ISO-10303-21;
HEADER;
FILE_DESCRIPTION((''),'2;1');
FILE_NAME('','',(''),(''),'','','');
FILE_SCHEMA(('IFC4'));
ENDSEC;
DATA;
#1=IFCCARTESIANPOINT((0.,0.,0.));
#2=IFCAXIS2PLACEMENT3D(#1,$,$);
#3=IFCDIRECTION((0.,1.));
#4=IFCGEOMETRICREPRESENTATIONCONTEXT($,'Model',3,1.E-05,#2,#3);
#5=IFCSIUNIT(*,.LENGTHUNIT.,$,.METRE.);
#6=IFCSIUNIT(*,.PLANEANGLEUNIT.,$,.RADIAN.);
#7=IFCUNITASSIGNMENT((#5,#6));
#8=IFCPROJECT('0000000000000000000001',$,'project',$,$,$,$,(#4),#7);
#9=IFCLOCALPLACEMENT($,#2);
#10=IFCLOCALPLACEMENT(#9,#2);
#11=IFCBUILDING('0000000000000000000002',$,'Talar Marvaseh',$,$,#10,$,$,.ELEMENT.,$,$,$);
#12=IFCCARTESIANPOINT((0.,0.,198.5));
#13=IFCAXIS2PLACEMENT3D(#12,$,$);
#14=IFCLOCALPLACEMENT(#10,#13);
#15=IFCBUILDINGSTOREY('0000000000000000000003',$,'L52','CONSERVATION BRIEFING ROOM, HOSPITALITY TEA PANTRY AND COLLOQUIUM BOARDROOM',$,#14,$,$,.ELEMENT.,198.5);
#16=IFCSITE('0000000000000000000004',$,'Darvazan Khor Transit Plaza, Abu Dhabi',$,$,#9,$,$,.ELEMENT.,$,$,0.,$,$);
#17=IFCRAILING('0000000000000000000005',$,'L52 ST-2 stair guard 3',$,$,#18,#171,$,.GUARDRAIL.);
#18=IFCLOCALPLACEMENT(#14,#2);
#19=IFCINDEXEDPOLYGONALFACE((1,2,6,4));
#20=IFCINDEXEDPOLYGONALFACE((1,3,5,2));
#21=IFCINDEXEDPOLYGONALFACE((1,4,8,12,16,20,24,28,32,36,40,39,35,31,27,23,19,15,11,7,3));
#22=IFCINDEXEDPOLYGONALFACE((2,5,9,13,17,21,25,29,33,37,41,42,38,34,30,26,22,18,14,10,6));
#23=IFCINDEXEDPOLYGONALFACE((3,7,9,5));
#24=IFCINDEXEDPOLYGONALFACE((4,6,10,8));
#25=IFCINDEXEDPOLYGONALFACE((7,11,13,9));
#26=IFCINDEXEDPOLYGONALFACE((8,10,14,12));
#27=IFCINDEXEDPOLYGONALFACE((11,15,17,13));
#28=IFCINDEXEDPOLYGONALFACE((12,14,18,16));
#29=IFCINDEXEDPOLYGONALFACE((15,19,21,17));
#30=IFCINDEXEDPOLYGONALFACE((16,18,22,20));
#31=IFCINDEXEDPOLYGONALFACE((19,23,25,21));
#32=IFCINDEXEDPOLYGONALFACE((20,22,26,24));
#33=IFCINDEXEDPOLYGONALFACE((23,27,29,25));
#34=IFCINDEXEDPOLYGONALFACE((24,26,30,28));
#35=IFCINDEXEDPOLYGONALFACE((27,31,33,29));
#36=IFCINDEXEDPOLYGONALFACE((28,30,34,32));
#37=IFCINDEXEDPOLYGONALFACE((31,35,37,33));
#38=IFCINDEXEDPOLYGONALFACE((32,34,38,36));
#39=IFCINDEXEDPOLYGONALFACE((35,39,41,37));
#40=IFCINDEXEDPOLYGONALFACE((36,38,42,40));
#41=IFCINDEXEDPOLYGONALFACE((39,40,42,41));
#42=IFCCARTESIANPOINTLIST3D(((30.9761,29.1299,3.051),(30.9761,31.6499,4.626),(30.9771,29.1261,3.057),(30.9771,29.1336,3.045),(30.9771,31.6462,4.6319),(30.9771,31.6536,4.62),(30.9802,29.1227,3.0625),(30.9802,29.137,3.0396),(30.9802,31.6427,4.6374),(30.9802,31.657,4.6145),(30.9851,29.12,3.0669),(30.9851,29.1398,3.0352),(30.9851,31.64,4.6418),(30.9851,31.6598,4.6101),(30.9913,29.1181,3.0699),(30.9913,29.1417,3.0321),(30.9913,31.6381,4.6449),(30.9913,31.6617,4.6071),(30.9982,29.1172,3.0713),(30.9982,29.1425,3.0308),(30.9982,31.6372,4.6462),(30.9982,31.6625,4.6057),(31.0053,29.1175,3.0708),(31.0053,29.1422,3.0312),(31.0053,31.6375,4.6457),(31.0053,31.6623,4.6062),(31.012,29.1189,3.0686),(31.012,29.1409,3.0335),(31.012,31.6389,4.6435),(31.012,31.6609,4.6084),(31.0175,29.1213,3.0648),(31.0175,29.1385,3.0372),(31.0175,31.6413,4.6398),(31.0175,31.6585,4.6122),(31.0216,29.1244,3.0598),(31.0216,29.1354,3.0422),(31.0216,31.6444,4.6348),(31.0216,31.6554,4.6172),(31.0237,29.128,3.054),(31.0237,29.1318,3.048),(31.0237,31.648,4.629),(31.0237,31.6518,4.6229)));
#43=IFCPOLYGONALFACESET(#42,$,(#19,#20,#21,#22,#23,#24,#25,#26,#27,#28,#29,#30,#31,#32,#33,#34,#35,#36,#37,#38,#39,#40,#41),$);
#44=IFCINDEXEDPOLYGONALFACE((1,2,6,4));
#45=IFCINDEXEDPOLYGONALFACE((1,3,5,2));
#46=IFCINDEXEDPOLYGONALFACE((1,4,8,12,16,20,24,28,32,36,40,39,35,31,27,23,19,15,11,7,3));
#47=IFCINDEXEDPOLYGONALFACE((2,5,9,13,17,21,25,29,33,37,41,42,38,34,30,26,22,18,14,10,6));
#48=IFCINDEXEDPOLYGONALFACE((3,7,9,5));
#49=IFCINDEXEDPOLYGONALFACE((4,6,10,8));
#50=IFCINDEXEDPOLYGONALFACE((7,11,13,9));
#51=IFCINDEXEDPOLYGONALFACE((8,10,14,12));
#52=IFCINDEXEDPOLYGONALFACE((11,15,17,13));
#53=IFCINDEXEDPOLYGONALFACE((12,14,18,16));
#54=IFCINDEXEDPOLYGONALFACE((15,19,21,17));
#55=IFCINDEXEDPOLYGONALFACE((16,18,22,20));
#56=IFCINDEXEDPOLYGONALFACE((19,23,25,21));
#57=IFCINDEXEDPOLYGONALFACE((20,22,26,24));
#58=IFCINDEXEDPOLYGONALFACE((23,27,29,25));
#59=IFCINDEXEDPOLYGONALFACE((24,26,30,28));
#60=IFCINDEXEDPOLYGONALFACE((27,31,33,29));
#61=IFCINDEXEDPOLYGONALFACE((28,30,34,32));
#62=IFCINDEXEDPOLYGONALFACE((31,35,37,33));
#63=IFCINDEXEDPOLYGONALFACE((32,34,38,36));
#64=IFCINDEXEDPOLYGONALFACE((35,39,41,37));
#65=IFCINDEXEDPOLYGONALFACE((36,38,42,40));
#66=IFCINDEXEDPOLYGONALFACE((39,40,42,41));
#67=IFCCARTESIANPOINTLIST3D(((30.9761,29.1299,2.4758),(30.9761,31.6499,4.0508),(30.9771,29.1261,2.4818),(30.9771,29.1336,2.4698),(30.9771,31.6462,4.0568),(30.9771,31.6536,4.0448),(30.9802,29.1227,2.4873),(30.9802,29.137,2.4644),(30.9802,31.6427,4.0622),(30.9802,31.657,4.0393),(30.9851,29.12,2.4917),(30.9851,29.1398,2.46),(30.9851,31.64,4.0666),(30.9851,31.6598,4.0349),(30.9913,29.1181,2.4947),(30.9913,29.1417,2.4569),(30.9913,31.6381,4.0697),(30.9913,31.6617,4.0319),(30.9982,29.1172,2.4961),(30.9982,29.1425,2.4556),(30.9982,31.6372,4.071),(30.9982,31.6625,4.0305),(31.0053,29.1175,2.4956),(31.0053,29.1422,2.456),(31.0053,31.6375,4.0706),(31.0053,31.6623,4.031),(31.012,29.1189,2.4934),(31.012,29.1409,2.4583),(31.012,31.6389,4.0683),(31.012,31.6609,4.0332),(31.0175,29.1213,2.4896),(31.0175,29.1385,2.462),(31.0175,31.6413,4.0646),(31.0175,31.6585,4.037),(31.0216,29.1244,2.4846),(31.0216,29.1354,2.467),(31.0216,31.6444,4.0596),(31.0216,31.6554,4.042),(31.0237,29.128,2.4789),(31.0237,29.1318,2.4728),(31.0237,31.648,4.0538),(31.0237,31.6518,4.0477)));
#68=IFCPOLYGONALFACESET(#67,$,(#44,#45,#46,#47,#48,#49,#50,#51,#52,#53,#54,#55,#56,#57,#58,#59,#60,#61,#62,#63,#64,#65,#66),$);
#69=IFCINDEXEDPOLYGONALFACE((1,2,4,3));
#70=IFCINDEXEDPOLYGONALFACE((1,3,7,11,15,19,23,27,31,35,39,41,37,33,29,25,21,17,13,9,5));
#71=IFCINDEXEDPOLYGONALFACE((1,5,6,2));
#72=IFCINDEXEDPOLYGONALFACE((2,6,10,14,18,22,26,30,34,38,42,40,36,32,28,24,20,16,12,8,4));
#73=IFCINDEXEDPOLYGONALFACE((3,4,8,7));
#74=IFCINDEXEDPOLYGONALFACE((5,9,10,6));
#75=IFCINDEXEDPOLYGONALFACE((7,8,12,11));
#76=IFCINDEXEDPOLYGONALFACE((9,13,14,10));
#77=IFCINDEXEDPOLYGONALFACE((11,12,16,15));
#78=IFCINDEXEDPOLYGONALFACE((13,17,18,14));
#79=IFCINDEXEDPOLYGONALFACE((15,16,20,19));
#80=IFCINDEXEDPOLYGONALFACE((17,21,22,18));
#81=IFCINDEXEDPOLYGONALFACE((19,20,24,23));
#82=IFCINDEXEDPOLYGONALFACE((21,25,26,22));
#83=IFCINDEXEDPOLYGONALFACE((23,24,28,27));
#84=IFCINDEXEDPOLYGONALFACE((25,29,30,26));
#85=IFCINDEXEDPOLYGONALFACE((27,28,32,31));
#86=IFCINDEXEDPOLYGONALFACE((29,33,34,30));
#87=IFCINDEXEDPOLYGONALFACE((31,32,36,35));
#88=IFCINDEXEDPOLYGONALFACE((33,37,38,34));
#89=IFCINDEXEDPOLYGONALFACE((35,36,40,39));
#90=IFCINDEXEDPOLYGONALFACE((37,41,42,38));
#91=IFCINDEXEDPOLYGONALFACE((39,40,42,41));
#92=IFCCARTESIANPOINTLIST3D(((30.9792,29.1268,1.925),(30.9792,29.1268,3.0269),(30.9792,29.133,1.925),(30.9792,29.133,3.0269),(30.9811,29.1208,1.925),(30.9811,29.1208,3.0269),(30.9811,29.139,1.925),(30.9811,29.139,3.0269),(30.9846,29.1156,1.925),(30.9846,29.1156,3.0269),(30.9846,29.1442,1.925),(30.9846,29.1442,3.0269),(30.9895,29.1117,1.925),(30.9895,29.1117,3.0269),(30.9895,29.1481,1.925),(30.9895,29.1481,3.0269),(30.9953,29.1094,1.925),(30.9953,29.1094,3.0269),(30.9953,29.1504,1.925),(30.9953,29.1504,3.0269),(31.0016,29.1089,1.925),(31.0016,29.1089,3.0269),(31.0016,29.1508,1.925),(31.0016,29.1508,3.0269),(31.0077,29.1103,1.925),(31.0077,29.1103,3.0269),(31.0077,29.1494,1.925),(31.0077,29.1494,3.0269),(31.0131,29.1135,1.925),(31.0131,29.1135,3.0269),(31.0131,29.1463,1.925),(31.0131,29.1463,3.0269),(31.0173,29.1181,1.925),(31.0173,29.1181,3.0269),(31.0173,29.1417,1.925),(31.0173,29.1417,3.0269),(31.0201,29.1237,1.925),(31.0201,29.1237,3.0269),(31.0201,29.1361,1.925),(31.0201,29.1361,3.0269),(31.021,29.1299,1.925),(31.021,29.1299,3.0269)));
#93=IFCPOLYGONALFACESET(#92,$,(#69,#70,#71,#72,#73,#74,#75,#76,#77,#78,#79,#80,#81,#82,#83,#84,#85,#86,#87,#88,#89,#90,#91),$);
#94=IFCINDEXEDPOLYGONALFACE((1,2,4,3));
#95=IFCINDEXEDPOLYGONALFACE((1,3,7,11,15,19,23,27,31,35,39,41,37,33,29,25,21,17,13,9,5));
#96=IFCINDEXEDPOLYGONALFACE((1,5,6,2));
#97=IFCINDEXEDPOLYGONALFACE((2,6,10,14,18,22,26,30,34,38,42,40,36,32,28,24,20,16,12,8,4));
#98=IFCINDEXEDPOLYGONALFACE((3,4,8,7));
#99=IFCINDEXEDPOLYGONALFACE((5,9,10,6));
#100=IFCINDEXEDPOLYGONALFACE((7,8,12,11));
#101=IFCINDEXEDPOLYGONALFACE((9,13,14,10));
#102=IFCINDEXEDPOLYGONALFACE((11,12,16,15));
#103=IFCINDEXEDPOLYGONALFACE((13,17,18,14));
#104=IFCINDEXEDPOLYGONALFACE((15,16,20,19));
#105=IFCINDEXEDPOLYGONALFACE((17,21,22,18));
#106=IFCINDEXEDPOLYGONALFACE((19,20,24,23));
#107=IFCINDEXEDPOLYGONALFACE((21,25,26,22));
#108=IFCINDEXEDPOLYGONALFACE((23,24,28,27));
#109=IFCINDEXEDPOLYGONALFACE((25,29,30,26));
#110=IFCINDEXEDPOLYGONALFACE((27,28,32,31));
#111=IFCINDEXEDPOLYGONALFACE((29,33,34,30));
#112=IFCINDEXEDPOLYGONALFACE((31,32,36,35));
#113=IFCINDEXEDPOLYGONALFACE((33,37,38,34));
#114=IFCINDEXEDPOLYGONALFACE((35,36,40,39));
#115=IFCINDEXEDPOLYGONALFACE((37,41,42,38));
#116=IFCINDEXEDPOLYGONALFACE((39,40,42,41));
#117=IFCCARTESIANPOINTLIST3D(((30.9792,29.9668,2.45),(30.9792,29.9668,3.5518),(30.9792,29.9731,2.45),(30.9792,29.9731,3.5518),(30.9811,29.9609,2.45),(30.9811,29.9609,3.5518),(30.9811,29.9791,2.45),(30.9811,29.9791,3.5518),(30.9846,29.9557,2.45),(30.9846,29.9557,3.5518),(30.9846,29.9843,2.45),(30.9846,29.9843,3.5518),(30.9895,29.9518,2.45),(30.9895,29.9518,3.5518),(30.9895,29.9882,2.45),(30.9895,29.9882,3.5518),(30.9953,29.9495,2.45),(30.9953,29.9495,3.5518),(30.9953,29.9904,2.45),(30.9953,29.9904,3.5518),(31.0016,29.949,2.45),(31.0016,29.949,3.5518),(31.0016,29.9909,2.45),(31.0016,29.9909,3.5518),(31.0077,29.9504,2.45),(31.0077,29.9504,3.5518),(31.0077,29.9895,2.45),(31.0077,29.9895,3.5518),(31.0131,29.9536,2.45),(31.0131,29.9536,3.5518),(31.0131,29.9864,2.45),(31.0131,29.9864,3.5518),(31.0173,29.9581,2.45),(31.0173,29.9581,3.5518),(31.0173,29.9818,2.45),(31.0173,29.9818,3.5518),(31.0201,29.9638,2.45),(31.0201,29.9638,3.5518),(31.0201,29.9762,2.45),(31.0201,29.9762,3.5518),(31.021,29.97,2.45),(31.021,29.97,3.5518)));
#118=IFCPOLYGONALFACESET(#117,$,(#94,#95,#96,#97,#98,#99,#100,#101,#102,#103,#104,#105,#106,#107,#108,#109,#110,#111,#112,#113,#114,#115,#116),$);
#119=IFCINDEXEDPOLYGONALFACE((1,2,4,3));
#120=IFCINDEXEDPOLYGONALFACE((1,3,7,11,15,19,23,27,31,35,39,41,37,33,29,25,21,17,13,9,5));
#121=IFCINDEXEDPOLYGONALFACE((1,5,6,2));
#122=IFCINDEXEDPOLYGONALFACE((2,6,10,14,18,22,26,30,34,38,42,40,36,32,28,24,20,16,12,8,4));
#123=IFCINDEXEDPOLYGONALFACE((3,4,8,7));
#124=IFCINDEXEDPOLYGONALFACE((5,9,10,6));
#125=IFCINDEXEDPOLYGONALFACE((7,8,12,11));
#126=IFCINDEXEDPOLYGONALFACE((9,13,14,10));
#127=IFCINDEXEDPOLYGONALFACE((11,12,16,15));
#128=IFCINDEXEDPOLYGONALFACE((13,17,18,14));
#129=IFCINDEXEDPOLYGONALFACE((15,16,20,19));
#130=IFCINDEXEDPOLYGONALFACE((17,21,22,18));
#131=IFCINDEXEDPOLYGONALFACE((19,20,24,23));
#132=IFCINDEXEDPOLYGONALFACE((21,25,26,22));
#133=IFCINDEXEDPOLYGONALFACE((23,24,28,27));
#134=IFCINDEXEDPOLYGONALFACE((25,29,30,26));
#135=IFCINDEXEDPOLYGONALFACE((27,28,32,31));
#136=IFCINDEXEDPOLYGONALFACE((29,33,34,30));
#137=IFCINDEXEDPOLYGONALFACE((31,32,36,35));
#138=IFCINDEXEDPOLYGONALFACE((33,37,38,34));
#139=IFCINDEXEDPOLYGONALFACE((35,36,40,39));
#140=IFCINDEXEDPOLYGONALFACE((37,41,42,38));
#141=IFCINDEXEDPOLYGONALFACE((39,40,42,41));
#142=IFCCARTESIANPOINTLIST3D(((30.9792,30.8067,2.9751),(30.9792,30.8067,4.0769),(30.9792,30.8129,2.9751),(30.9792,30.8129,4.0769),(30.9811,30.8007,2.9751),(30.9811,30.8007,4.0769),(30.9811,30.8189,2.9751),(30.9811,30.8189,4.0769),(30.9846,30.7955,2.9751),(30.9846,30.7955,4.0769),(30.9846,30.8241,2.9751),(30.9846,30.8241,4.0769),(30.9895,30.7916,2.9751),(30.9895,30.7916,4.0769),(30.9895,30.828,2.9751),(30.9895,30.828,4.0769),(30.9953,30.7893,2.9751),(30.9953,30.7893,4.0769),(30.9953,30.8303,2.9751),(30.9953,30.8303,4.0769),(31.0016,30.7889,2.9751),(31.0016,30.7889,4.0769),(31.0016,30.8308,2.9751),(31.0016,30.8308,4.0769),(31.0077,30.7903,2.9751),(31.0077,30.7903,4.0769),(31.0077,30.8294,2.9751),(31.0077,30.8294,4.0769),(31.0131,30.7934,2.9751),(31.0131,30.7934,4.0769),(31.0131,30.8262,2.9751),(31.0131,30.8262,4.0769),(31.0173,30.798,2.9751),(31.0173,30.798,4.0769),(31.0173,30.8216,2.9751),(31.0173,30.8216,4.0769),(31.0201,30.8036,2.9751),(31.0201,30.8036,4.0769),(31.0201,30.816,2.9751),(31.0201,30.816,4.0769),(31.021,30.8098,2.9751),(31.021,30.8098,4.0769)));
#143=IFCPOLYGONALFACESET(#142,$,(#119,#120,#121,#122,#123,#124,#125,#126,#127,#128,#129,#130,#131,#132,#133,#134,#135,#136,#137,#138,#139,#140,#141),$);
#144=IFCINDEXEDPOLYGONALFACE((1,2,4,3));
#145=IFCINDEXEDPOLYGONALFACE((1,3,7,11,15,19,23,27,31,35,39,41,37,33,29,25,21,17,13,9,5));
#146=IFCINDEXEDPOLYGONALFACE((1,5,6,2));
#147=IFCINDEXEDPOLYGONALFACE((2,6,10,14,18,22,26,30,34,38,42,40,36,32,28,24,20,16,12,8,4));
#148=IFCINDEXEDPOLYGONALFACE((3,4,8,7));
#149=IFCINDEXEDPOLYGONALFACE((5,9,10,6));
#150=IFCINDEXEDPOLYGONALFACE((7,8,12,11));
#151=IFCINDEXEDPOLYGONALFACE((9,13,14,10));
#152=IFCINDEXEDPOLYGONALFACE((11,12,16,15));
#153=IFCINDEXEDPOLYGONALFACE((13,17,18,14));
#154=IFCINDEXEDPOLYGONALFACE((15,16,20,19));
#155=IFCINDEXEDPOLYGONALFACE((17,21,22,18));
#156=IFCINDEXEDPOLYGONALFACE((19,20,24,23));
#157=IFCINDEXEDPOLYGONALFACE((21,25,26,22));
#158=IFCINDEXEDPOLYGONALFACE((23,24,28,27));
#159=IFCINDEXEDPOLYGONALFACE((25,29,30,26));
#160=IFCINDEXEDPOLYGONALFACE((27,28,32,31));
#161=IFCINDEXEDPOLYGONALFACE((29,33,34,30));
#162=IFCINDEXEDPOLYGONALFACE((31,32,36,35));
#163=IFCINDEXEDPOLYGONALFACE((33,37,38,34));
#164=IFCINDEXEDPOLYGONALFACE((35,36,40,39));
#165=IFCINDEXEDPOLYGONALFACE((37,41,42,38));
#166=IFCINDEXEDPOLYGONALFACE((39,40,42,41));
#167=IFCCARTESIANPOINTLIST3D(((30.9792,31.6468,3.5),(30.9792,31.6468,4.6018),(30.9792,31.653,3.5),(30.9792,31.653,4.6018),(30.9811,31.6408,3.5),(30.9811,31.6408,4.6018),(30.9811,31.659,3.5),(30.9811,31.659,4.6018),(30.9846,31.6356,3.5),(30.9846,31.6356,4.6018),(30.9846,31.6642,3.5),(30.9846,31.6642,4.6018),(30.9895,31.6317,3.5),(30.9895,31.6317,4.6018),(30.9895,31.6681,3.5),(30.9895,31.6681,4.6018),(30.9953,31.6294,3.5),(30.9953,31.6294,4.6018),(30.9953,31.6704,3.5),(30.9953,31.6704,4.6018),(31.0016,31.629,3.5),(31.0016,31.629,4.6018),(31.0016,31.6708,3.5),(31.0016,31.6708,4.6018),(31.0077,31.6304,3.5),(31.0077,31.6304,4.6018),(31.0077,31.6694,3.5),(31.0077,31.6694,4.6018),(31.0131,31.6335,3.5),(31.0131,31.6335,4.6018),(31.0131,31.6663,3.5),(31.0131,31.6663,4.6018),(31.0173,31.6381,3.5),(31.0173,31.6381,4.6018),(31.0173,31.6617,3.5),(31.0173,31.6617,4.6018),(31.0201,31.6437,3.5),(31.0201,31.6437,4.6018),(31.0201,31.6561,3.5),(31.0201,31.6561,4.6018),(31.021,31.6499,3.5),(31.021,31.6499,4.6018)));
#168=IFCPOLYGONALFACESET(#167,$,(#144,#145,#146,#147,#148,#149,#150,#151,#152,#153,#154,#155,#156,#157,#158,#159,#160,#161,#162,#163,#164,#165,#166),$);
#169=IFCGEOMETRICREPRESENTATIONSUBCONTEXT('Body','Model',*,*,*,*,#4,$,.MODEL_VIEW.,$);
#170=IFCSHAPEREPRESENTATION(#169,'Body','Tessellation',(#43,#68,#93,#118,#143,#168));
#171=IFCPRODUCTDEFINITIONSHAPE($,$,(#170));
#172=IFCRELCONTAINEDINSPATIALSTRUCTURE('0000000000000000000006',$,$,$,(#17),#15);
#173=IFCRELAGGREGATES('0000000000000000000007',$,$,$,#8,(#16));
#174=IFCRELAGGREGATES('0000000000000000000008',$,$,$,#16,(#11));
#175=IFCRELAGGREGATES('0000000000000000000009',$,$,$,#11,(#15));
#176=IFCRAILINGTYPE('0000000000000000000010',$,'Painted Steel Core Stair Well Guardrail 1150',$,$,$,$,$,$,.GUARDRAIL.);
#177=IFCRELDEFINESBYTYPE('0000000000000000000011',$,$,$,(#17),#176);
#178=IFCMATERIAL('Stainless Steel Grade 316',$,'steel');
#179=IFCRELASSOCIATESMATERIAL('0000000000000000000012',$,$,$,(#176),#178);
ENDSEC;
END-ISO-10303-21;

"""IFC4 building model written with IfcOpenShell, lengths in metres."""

from ifc_helpers import new_model, si_unit, direction, frame, origin, origin_2d, place, context, subcontext, project, spatial, circle, extrude, material, type_object, element, save


model = new_model("IFC4")

# Units and contexts
model_context = context("Model", 3, precision=1e-05, world=origin(), true_north=direction((0.0, 1.0)))
body_context = subcontext(model_context, "Body", "Model", "MODEL_VIEW")
ifc_project = project(units=[si_unit("LENGTHUNIT", "METRE"), si_unit("PLANEANGLEUNIT", "RADIAN")], contexts=[model_context])

# Site, building, storey
site_placement = place(None, origin())
site = spatial("IfcSite", under=ifc_project, at=site_placement, Name="Darvazan Khor Transit Plaza, Abu Dhabi", CompositionType="ELEMENT", RefElevation=0.0)
building_placement = place(site_placement, origin())
building = spatial("IfcBuilding", under=site, at=building_placement, Name="Talar Marvaseh", CompositionType="ELEMENT")
storey_placement = place(building_placement, frame((0.0, 0.0, 198.5)))
storey = spatial("IfcBuildingStorey", under=building, at=storey_placement, Name="L52", Description="CONSERVATION BRIEFING ROOM, HOSPITALITY TEA PANTRY AND COLLOQUIUM BOARDROOM", CompositionType="ELEMENT", Elevation=198.5)

# Shared definitions
ifc_material_1 = material(Name="Stainless Steel Grade 316", Category="steel")

# Railing
railing_type_1 = type_object("IfcRailingType", Name="Painted Steel Core Stair Well Guardrail 1150", PredefinedType="GUARDRAIL", material=ifc_material_1)
railing_1_placement = place(storey_placement, frame((31.0, 29.1299, 1.925)))
element("IfcRailing", 1, at=railing_1_placement, inside=storey, type_object=railing_type_1, Name="L52 ST-2 stair guard 3", PredefinedType="GUARDRAIL", context=body_context, shape_type="SweptSolid", body=[
    extrude(circle(Radius=0.0239, at=origin_2d()), frame((0.0, 0.0, 1.126), z_axis=(0.0, 0.848008, 0.529984), x_axis=(-1.0, 0.0, 0.0)), (0.0, 0.0, 1.0), 2.9717),
    extrude(circle(Radius=0.0239, at=origin_2d()), frame((0.0, 0.0, 0.5508), z_axis=(0.0, 0.848008, 0.529984), x_axis=(-1.0, 0.0, 0.0)), (0.0, 0.0, 1.0), 2.9717),
    extrude(circle(Radius=0.021, at=origin_2d()), origin(), (0.0, 0.0, 1.0), 1.1018),
    extrude(circle(Radius=0.021, at=origin_2d()), frame((0.0, 0.8401, 0.5249)), (0.0, 0.0, 1.0), 1.1018),
    extrude(circle(Radius=0.021, at=origin_2d()), frame((0.0, 1.6799, 1.05)), (0.0, 0.0, 1.0), 1.1018),
    extrude(circle(Radius=0.021, at=origin_2d()), frame((0.0, 2.52, 1.575)), (0.0, 0.0, 1.0), 1.1018),
])

save(model, "model.ifc")
